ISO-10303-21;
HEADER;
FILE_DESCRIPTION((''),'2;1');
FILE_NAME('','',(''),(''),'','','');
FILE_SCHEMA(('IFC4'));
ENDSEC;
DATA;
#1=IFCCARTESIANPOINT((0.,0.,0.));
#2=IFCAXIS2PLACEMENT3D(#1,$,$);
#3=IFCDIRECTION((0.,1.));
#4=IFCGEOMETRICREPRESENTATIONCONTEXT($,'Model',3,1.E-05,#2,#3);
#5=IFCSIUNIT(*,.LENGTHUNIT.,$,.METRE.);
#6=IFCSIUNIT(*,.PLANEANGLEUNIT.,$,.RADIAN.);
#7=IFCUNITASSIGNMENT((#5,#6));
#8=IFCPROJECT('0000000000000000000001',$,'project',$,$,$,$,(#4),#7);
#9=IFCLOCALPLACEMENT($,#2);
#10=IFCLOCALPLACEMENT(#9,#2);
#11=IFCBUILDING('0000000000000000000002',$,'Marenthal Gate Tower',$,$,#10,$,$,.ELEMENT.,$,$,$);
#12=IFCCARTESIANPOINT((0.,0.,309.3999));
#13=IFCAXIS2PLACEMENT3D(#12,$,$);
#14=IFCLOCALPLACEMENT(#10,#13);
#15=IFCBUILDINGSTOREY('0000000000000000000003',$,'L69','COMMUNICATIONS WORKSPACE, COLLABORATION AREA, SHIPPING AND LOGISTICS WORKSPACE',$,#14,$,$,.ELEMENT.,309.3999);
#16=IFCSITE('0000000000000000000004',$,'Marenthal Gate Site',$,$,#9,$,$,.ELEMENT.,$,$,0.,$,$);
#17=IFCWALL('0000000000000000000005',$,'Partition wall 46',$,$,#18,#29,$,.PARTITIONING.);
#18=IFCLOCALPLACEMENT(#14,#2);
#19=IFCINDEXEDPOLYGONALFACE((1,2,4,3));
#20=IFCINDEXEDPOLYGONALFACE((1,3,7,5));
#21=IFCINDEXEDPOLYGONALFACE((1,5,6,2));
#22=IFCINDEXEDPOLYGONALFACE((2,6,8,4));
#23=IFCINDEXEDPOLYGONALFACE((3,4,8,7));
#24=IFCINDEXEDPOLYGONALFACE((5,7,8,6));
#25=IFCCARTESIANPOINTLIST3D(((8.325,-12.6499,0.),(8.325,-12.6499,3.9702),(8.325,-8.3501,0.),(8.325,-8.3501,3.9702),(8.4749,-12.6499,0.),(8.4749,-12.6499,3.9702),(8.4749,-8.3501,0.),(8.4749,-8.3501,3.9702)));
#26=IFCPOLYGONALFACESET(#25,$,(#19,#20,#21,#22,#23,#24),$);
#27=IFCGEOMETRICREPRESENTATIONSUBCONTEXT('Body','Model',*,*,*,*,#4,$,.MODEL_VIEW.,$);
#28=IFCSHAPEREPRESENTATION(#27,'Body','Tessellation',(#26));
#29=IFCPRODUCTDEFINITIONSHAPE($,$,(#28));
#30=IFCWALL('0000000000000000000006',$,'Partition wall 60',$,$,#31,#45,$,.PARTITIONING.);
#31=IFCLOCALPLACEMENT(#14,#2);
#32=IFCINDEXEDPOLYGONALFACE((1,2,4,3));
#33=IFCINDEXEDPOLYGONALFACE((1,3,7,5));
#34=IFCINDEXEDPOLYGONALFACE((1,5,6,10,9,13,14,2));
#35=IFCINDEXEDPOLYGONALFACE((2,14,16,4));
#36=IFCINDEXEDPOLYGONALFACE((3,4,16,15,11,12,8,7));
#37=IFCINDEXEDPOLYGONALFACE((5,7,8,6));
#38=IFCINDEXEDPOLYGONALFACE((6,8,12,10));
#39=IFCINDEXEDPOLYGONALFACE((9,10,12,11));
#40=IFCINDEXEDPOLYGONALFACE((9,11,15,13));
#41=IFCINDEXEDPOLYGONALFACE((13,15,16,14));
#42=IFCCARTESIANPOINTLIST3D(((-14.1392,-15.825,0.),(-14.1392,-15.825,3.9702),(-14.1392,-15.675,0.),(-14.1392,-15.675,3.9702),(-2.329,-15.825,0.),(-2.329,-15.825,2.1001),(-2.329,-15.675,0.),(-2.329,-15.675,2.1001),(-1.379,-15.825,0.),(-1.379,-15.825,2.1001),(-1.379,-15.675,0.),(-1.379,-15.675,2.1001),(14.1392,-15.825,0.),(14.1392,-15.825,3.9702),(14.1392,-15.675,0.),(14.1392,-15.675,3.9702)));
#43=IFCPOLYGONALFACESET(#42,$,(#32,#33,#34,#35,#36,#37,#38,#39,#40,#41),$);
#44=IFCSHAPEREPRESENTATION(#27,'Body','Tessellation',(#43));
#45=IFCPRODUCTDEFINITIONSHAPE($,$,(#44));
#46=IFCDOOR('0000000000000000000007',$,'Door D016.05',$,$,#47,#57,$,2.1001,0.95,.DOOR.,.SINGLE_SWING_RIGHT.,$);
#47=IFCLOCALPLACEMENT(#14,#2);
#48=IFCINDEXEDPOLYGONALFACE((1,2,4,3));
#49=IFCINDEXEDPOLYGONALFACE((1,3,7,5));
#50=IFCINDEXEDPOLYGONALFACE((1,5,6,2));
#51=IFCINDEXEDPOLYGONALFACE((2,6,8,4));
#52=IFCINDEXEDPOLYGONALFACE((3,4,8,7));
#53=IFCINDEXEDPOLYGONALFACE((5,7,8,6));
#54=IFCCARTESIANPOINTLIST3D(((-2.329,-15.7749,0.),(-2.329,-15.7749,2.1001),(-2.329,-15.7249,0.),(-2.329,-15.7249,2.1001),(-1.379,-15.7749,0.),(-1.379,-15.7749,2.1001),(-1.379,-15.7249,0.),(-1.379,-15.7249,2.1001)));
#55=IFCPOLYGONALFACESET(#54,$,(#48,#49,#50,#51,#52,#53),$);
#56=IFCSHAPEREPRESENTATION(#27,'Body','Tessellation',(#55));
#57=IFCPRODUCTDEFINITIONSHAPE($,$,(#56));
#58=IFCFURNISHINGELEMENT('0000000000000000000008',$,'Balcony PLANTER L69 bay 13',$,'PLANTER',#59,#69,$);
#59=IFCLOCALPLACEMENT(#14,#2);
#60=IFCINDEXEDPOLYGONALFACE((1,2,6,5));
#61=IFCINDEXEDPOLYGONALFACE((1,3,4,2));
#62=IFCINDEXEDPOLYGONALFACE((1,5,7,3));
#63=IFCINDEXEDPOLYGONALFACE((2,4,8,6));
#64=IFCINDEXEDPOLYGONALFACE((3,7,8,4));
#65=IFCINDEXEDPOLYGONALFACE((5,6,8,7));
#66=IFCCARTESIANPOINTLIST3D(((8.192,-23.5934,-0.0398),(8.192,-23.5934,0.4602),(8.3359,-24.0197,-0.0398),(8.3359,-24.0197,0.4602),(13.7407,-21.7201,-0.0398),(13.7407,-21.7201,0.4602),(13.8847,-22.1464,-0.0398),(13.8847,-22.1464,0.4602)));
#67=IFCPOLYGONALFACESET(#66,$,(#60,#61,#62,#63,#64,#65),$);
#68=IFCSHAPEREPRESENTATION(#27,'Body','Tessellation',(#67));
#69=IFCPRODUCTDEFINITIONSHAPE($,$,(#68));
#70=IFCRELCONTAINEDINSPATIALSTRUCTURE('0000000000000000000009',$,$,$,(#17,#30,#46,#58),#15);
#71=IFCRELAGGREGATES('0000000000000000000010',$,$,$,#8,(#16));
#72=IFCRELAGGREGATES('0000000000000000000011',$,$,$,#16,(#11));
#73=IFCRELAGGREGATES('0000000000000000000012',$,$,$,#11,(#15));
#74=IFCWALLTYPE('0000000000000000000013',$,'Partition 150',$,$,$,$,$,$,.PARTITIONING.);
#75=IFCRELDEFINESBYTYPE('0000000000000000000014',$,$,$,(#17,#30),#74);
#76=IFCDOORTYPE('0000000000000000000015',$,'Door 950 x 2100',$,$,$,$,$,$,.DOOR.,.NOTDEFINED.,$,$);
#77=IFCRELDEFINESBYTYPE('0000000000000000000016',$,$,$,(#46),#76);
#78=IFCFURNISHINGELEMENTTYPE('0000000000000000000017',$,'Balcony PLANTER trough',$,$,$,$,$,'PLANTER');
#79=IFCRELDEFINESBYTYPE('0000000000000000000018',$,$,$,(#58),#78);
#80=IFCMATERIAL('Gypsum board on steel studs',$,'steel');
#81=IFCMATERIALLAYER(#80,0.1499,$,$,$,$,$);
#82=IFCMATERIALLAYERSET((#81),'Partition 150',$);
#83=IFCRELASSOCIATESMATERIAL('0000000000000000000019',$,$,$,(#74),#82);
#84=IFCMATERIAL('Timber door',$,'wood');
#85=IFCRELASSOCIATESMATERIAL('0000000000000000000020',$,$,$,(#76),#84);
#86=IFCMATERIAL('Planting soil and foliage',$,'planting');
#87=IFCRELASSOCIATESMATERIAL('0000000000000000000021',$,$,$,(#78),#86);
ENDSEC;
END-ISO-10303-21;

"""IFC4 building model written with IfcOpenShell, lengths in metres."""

from ifc_helpers import new_model, si_unit, direction, frame, frame_2d, origin, origin_2d, place, context, subcontext, project, spatial, rectangle, extrude, material, layer, layer_set, type_object, element, fill, save


model = new_model("IFC4")

# Units and contexts
model_context = context("Model", 3, precision=1e-05, world=origin(), true_north=direction((0.0, 1.0)))
body_context = subcontext(model_context, "Body", "Model", "MODEL_VIEW")
ifc_project = project(units=[si_unit("LENGTHUNIT", "METRE"), si_unit("PLANEANGLEUNIT", "RADIAN")], contexts=[model_context])

# Site, building, storey
site_placement = place(None, origin())
site = spatial("IfcSite", under=ifc_project, at=site_placement, Name="Marenthal Gate Site", CompositionType="ELEMENT", RefElevation=0.0)
building_placement = place(site_placement, origin())
building = spatial("IfcBuilding", under=site, at=building_placement, Name="Marenthal Gate Tower", CompositionType="ELEMENT")
storey_placement = place(building_placement, frame((0.0, 0.0, 309.3999)))
storey = spatial("IfcBuildingStorey", under=building, at=storey_placement, Name="L69", Description="COMMUNICATIONS WORKSPACE, COLLABORATION AREA, SHIPPING AND LOGISTICS WORKSPACE", CompositionType="ELEMENT", Elevation=309.3999)

# Wall
ifc_material_1 = material(Name="Gypsum board on steel studs", Category="steel")
ifc_layer_1 = layer(ifc_material_1, 0.1499)
ifc_layer_set_1 = layer_set([ifc_layer_1], Name="Partition 150")
wall_type_1 = type_object("IfcWallType", Name="Partition 150", PredefinedType="PARTITIONING", material=ifc_layer_set_1)
wall_1_placement = place(storey_placement, frame((8.3999, -12.6499, 0.0), z_axis=(0.0, 0.0, 1.0), x_axis=(0.0, 1.0, 0.0)))
element("IfcWall", 1, at=wall_1_placement, inside=storey, type_object=wall_type_1, Name="Partition wall 46", PredefinedType="PARTITIONING", context=body_context, shape_type="SweptSolid", body=[
    extrude(rectangle(XDim=4.2998, YDim=0.1499, at=frame_2d((2.1499, 0.0))), origin(), (0.0, 0.0, 1.0), 3.9702),
])

# Wall, opening, door
wall_2_placement = place(storey_placement, frame((14.1392, -15.75, 0.0), z_axis=(0.0, 0.0, 1.0), x_axis=(-1.0, 0.0, 0.0)))
wall_2 = element("IfcWall", 2, at=wall_2_placement, inside=storey, type_object=wall_type_1, Name="Partition wall 60", PredefinedType="PARTITIONING", context=body_context, shape_type="SweptSolid", body=[
    extrude(rectangle(XDim=28.2783, YDim=0.1499, at=frame_2d((14.1392, 0.0))), origin(), (0.0, 0.0, 1.0), 3.9702),
])
opening_1_placement = place(wall_2_placement, frame((15.5181, 0.0, 0.0)))
opening_1 = element("IfcOpeningElement", 3, at=opening_1_placement, cuts=wall_2, PredefinedType="OPENING", context=body_context, shape_type="SweptSolid", body=[
    extrude(rectangle(XDim=0.95, YDim=2.1001, at=frame_2d((0.4751, 1.05))), frame((0.0, 0.085, 0.0), z_axis=(0.0, -1.0, 0.0), x_axis=(1.0, 0.0, 0.0)), (0.0, 0.0, 1.0), 0.1699),
])
ifc_material_2 = material(Name="Timber door", Category="wood")
door_type_1 = type_object("IfcDoorType", Name="Door 950 x 2100", OperationType="NOTDEFINED", PredefinedType="DOOR", material=ifc_material_2)
door_1_placement = place(opening_1_placement, origin())
door_1 = element("IfcDoor", 4, at=door_1_placement, inside=storey, type_object=door_type_1, Name="Door D016.05", OperationType="SINGLE_SWING_RIGHT", OverallHeight=2.1001, OverallWidth=0.95, PredefinedType="DOOR", context=body_context, shape_type="SweptSolid", body=[
    extrude(rectangle(XDim=0.95, YDim=2.1001, at=frame_2d((0.4751, 1.05))), frame((0.0, 0.0249, 0.0), z_axis=(0.0, -1.0, 0.0), x_axis=(1.0, 0.0, 0.0)), (0.0, 0.0, 1.0), 0.05),
])
fill(opening_1, door_1)

# Furnishing element
ifc_material_3 = material(Name="Planting soil and foliage", Category="planting")
furnishing_element_type = type_object("IfcFurnishingElementType", Name="Balcony PLANTER trough", ElementType="PLANTER", material=ifc_material_3)
furnishing_placement = place(storey_placement, frame((11.0383, -22.8699, -0.0398), z_axis=(0.0, 0.0, 1.0), x_axis=(0.947463, 0.319866, 0.0)))
element("IfcFurnishingElement", 5, at=furnishing_placement, inside=storey, type_object=furnishing_element_type, Name="Balcony PLANTER L69 bay 13", ObjectType="PLANTER", context=body_context, shape_type="SweptSolid", body=[
    extrude(rectangle(XDim=5.8564, YDim=0.45, at=origin_2d()), origin(), (0.0, 0.0, 1.0), 0.5),
])

save(model, "model.ifc")
